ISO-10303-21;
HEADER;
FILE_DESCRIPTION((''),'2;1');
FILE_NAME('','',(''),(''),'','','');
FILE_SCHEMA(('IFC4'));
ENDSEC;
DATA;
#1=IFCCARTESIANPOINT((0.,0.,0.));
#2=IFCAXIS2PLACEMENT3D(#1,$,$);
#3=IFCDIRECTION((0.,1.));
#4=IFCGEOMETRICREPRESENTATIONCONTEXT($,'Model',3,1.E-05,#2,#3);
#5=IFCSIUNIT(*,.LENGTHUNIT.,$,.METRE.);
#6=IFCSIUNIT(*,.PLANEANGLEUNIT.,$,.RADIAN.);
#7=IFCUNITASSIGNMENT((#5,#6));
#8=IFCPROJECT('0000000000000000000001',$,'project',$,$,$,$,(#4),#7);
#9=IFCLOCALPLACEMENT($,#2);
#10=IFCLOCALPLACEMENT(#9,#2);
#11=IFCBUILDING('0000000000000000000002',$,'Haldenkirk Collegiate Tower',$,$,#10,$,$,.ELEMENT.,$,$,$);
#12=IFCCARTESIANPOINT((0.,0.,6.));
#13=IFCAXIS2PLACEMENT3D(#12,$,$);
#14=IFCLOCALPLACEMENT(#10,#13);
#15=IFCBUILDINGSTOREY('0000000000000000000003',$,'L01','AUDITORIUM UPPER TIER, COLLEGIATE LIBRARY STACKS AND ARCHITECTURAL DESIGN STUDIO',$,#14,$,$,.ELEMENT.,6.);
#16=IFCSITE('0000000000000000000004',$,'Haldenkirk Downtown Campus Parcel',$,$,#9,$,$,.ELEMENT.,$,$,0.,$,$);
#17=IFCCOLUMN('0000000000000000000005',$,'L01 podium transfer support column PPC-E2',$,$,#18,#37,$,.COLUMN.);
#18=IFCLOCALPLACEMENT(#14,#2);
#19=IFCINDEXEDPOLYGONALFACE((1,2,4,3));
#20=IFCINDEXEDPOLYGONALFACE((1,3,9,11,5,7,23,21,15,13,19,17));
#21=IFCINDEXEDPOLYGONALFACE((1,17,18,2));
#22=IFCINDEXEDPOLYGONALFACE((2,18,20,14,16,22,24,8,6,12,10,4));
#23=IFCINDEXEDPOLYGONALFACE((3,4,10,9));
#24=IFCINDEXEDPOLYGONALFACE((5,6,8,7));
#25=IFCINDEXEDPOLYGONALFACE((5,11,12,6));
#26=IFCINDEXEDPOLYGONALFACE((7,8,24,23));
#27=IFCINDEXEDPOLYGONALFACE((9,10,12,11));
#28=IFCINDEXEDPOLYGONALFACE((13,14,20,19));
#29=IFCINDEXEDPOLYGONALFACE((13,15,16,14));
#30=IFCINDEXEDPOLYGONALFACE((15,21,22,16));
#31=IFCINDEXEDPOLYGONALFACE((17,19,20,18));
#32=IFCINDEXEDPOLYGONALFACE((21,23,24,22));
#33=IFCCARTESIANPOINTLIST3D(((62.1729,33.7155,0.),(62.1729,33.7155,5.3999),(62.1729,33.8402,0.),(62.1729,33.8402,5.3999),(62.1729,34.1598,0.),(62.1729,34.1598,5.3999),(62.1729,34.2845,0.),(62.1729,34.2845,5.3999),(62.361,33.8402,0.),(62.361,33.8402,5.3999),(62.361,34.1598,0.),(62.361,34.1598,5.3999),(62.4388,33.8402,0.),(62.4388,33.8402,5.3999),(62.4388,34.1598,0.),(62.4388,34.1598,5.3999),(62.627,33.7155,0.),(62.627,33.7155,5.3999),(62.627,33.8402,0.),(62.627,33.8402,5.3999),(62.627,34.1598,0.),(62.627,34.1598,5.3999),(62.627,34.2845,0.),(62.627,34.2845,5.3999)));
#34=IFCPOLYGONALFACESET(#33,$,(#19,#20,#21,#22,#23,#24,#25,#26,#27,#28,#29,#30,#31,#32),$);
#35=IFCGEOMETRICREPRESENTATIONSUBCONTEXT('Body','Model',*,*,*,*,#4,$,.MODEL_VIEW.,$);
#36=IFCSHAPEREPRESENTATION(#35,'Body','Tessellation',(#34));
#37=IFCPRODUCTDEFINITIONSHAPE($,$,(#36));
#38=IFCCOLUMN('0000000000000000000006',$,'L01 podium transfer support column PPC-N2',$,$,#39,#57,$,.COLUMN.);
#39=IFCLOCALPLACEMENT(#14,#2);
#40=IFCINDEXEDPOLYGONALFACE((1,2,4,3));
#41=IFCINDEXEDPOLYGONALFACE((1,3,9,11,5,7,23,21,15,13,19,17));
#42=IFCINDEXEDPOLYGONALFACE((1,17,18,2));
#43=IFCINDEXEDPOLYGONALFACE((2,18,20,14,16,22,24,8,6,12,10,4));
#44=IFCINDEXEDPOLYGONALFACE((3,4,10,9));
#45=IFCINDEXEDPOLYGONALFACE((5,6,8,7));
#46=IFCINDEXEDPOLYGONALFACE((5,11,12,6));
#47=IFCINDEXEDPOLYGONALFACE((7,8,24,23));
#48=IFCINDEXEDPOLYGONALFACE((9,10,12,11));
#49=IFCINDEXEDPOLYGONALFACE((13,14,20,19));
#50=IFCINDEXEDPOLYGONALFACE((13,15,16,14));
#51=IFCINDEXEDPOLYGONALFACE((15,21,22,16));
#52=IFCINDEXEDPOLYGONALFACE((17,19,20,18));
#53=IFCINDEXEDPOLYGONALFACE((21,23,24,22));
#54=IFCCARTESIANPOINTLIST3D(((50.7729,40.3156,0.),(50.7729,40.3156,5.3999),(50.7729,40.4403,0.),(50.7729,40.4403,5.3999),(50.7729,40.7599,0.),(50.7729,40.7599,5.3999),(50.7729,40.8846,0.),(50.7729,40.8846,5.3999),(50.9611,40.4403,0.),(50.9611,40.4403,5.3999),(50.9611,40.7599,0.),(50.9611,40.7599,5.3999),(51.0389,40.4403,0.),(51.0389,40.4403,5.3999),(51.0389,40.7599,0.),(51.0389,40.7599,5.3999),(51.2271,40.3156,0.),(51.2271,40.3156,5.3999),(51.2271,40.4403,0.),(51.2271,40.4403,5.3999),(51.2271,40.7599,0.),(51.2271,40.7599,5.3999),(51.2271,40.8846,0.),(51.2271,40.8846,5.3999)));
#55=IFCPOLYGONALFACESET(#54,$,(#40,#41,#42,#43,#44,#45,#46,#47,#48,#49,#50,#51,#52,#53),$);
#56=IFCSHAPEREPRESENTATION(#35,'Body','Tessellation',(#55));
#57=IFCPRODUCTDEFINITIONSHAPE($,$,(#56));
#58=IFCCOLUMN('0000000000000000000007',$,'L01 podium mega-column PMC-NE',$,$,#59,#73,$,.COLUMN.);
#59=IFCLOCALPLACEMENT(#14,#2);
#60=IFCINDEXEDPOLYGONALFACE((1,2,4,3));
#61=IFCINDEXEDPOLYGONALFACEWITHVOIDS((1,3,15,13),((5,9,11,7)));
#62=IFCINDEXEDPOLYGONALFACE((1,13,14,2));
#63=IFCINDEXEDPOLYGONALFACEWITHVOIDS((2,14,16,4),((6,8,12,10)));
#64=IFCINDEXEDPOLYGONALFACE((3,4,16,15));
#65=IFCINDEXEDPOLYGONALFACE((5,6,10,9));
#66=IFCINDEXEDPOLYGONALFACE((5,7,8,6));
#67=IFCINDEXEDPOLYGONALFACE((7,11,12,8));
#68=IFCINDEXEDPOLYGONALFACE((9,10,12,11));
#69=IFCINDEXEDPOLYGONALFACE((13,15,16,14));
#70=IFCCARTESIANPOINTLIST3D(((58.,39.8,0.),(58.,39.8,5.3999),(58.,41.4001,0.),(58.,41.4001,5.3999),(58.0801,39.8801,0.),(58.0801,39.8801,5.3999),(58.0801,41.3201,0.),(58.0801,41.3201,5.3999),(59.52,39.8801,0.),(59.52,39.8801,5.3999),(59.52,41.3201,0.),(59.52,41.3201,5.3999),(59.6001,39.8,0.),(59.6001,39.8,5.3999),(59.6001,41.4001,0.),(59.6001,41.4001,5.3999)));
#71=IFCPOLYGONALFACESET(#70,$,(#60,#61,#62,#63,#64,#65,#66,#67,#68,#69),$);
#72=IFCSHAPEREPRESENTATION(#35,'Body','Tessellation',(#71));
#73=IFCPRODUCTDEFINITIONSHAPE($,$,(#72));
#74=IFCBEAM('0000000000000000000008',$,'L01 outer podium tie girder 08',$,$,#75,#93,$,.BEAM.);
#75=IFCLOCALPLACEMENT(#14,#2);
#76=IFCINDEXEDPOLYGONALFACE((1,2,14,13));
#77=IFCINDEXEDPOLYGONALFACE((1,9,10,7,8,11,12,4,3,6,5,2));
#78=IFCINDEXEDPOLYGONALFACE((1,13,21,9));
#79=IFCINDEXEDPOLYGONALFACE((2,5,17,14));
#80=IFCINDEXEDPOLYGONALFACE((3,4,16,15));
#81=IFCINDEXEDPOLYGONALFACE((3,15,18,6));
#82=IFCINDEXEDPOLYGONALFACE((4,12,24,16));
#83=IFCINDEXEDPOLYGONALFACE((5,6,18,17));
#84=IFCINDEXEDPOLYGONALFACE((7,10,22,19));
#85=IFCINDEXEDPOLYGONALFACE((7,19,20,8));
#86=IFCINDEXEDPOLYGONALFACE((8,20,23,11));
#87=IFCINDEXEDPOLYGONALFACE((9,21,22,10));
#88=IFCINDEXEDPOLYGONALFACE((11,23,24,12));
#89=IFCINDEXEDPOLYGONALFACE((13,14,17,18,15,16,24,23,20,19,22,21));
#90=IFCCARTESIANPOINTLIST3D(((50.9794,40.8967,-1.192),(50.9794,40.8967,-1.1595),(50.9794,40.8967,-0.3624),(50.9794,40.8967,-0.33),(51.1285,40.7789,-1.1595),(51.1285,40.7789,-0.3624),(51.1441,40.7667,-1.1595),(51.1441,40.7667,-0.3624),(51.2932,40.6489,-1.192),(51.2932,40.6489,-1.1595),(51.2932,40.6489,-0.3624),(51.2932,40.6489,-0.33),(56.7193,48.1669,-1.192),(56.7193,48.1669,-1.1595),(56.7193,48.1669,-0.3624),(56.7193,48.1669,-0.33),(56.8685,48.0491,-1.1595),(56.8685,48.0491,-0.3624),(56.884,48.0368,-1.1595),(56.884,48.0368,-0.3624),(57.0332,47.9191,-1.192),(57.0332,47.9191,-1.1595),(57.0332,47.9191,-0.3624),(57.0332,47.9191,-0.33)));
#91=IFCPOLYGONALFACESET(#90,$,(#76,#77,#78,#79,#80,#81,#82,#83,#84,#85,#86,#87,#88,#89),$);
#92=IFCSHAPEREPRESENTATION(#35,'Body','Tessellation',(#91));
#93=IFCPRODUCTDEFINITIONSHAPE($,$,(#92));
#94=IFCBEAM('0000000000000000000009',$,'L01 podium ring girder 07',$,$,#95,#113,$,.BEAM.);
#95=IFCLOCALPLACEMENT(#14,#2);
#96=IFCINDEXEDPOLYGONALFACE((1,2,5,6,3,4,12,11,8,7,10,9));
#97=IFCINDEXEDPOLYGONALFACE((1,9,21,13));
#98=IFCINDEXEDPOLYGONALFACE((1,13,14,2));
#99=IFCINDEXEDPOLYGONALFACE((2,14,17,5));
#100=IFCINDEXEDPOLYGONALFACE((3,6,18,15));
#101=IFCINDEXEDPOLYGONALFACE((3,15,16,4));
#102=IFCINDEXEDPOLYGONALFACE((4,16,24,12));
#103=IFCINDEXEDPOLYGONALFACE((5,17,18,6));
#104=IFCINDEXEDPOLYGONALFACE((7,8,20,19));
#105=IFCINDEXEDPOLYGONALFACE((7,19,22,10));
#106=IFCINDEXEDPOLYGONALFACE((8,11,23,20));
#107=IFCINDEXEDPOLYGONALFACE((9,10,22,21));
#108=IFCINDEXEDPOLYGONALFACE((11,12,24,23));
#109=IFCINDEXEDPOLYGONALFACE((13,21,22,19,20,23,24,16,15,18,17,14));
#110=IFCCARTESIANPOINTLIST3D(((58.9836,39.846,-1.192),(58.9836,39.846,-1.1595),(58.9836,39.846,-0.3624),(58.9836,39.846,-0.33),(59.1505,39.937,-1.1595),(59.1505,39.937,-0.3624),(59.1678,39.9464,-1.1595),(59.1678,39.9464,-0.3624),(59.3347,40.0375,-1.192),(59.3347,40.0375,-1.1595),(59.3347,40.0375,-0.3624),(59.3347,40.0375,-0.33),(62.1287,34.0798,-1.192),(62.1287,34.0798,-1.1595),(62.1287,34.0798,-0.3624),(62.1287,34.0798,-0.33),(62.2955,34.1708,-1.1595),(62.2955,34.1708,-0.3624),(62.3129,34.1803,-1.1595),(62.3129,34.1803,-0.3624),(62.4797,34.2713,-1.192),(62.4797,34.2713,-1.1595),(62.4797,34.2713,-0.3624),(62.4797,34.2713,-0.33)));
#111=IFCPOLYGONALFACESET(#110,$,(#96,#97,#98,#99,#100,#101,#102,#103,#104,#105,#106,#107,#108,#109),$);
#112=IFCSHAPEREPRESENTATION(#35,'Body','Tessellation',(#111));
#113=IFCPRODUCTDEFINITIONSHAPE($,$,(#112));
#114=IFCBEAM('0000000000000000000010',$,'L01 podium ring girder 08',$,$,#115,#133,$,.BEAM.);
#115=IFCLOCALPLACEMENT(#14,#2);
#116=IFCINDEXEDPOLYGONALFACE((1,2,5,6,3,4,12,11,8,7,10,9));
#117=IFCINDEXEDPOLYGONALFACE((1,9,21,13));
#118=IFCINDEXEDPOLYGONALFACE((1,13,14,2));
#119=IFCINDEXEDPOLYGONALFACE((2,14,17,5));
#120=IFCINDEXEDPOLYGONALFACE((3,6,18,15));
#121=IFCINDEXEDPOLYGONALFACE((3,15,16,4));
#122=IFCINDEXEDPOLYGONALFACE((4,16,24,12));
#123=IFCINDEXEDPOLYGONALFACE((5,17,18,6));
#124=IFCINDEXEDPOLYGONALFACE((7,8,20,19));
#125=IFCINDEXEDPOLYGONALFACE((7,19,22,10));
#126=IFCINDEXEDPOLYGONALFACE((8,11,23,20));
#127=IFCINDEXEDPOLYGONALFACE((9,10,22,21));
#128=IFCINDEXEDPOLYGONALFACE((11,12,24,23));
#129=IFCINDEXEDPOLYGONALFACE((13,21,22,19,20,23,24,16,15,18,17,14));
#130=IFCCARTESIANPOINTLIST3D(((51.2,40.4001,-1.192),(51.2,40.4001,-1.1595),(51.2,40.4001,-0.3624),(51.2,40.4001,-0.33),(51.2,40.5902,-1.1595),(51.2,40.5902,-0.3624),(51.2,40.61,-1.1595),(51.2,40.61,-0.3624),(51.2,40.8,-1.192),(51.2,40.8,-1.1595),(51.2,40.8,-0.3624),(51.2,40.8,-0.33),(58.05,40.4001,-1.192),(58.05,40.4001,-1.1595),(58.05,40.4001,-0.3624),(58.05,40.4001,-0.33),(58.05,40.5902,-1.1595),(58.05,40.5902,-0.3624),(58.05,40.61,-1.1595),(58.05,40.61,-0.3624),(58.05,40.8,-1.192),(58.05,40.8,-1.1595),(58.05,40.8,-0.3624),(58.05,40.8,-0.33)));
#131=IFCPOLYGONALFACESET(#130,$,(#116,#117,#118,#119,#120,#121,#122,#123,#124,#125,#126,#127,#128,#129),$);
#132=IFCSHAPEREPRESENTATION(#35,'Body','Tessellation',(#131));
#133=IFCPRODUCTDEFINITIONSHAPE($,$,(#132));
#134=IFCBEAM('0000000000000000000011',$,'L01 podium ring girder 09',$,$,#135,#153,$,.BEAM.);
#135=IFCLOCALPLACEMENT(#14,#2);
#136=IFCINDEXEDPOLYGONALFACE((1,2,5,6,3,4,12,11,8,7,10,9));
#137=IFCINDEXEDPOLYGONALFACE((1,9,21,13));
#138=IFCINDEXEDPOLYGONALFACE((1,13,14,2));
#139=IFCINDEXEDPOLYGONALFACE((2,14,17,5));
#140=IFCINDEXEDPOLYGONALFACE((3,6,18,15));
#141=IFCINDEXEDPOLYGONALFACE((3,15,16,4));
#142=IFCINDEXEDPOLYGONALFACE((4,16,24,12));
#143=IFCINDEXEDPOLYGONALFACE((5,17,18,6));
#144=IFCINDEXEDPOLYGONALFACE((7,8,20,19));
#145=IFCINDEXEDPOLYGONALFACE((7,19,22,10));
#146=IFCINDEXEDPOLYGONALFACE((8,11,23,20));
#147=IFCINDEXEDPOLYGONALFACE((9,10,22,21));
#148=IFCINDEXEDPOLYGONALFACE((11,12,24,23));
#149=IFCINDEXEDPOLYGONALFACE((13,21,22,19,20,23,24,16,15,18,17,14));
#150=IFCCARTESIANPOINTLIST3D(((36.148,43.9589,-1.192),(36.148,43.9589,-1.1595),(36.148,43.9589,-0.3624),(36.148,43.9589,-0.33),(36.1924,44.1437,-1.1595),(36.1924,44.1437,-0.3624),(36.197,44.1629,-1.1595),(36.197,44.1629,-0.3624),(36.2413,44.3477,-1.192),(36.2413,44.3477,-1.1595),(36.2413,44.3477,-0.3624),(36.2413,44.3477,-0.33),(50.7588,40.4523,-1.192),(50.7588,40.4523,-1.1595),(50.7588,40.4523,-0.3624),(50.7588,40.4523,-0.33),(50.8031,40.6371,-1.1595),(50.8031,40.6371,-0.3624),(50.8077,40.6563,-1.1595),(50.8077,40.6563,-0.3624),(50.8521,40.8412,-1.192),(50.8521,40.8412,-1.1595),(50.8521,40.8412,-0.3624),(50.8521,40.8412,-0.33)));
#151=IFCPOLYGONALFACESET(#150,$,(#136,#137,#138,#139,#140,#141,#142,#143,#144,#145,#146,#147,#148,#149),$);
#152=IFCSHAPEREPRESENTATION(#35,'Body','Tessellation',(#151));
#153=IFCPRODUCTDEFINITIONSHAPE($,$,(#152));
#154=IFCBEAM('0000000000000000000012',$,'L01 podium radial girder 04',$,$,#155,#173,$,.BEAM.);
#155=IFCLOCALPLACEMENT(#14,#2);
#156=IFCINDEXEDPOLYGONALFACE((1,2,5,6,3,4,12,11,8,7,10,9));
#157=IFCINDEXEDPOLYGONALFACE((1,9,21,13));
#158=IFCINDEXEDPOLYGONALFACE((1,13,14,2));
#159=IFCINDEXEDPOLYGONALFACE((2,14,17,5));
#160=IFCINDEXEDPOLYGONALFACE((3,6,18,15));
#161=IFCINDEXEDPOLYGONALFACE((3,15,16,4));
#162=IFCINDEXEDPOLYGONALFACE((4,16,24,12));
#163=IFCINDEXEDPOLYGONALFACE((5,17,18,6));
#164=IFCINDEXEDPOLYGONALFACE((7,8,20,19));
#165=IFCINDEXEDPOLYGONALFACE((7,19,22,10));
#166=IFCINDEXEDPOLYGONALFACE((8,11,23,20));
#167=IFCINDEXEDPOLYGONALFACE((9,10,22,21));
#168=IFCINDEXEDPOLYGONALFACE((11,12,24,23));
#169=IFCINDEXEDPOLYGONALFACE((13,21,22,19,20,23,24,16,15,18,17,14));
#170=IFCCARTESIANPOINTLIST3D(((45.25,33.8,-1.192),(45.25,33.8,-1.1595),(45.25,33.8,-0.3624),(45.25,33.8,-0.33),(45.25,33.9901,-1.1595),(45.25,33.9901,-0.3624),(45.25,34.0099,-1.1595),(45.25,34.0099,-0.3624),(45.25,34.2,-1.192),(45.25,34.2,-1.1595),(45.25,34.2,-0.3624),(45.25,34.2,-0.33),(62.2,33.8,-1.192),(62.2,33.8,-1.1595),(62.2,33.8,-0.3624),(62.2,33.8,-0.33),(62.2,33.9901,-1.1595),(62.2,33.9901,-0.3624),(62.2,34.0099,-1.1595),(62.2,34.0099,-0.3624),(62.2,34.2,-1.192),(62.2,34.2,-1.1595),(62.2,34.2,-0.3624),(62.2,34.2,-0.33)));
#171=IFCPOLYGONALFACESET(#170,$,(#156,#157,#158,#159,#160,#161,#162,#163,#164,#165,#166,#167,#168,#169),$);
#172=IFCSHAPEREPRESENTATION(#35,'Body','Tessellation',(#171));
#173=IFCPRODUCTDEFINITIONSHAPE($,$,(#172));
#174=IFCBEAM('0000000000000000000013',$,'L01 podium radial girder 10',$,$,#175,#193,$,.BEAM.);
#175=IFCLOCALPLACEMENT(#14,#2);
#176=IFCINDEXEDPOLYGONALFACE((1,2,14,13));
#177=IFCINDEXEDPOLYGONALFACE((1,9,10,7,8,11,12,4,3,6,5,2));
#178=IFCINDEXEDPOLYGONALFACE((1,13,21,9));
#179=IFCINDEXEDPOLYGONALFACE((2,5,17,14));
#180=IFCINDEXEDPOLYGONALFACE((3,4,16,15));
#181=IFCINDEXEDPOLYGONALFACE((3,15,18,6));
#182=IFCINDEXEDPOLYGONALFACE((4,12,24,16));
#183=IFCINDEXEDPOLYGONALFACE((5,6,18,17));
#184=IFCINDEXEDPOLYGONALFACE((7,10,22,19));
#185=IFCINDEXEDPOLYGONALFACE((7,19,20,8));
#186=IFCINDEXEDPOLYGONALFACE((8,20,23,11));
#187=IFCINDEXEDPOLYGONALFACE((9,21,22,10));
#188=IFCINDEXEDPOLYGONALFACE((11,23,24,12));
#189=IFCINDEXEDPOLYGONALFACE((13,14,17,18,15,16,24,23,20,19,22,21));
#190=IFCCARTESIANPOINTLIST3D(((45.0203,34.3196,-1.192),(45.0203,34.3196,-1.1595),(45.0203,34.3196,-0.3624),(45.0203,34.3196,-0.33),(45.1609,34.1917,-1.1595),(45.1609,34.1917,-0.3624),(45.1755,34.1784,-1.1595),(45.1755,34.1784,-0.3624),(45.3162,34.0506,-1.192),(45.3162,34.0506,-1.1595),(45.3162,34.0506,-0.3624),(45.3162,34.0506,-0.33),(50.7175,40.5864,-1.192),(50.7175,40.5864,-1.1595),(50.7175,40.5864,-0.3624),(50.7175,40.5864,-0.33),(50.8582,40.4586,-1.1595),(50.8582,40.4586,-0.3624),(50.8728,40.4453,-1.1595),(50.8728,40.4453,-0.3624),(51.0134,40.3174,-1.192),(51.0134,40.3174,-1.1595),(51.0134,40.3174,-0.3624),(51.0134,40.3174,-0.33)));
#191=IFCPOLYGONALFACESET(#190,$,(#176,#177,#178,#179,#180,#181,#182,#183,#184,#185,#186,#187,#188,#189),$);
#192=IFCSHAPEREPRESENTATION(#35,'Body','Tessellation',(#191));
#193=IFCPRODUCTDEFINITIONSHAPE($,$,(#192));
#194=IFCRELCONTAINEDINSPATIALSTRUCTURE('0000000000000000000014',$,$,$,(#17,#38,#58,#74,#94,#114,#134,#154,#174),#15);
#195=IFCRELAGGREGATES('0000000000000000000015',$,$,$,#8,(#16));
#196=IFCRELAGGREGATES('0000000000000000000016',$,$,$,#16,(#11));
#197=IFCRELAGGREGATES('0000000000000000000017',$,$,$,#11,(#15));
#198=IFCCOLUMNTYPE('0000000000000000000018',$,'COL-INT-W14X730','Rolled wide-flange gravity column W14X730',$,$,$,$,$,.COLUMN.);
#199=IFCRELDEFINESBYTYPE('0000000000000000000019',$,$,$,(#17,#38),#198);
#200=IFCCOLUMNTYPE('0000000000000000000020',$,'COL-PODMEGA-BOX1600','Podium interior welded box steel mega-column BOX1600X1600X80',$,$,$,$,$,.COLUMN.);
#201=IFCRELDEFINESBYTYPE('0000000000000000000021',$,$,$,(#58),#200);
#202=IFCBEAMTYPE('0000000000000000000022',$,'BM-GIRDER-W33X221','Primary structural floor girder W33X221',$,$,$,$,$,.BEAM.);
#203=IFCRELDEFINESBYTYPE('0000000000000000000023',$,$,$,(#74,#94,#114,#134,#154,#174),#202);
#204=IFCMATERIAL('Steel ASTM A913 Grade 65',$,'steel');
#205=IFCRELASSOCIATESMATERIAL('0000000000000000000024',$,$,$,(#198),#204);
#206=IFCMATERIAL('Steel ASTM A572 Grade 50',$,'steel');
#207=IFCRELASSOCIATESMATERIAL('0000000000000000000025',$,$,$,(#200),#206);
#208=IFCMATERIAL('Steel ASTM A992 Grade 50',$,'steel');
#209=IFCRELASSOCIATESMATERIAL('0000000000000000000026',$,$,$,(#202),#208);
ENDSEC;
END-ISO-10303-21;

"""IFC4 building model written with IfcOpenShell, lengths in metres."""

from ifc_helpers import new_model, si_unit, direction, frame, origin, origin_2d, place, context, subcontext, project, spatial, hollow_rectangle, i_section, extrude, material, material_profile, profile_set, type_object, element, save


model = new_model("IFC4")

# Units and contexts
model_context = context("Model", 3, precision=1e-05, world=origin(), true_north=direction((0.0, 1.0)))
body_context = subcontext(model_context, "Body", "Model", "MODEL_VIEW")
ifc_project = project(units=[si_unit("LENGTHUNIT", "METRE"), si_unit("PLANEANGLEUNIT", "RADIAN")], contexts=[model_context])

# Site, building, storey
site_placement = place(None, origin())
site = spatial("IfcSite", under=ifc_project, at=site_placement, Name="Haldenkirk Downtown Campus Parcel", CompositionType="ELEMENT", RefElevation=0.0)
building_placement = place(site_placement, origin())
building = spatial("IfcBuilding", under=site, at=building_placement, Name="Haldenkirk Collegiate Tower", CompositionType="ELEMENT")
storey_placement = place(building_placement, frame((0.0, 0.0, 6.0)))
storey = spatial("IfcBuildingStorey", under=building, at=storey_placement, Name="L01", Description="AUDITORIUM UPPER TIER, COLLEGIATE LIBRARY STACKS AND ARCHITECTURAL DESIGN STUDIO", CompositionType="ELEMENT", Elevation=6.0)

# Columns
ifc_material_1 = material(Name="Steel ASTM A913 Grade 65", Category="steel")
ifc_material_profile_1 = material_profile(ifc_material_1, i_section(OverallWidth=0.4541, OverallDepth=0.5691, WebThickness=0.0779, FlangeThickness=0.1248, at=origin_2d()), Name="W14X730")
ifc_profile_set_1 = profile_set([ifc_material_profile_1], Name="Steel ASTM A913 Grade 65")
column_type_1 = type_object("IfcColumnType", Name="COL-INT-W14X730", Description="Rolled wide-flange gravity column W14X730", PredefinedType="COLUMN", material=ifc_profile_set_1)
for number, where, z_axis, x_axis, name in (
    (1, (62.3999, 34.0, 0.0), (0.0, 0.0, 1.0), (1.0, 0.0, 0.0), "L01 podium transfer support column PPC-E2"),
    (2, (51.0, 40.6001, 0.0), (0.0, 0.0, 1.0), (1.0, 0.0, 0.0), "L01 podium transfer support column PPC-N2"),
):
    element("IfcColumn", number, at=place(storey_placement, frame(where, z_axis=z_axis, x_axis=x_axis)), inside=storey, type_object=column_type_1, Name=name, PredefinedType="COLUMN", context=body_context, shape_type="SweptSolid", body=[
        extrude(i_section(OverallWidth=0.4541, OverallDepth=0.5691, WebThickness=0.0779, FlangeThickness=0.1248, at=origin_2d()), origin(), (0.0, 0.0, 1.0), 5.3999),
    ])
ifc_material_2 = material(Name="Steel ASTM A572 Grade 50", Category="steel")
ifc_material_profile_2 = material_profile(ifc_material_2, hollow_rectangle(XDim=1.6001, YDim=1.6001, WallThickness=0.0801, at=origin_2d()), Name="BOX1600X1600X80")
ifc_profile_set_2 = profile_set([ifc_material_profile_2], Name="Steel ASTM A572 Grade 50")
column_type_2 = type_object("IfcColumnType", Name="COL-PODMEGA-BOX1600", Description="Podium interior welded box steel mega-column BOX1600X1600X80", PredefinedType="COLUMN", material=ifc_profile_set_2)
column_placement = place(storey_placement, frame((58.8, 40.6001, 0.0), z_axis=(0.0, 0.0, 1.0), x_axis=(1.0, 0.0, 0.0)))
element("IfcColumn", 3, at=column_placement, inside=storey, type_object=column_type_2, Name="L01 podium mega-column PMC-NE", PredefinedType="COLUMN", context=body_context, shape_type="SweptSolid", body=[
    extrude(hollow_rectangle(XDim=1.6001, YDim=1.6001, WallThickness=0.0801, at=origin_2d()), origin(), (0.0, 0.0, 1.0), 5.3999),
])

# Beams
ifc_material_3 = material(Name="Steel ASTM A992 Grade 50", Category="steel")
ifc_material_profile_3 = material_profile(ifc_material_3, i_section(OverallWidth=0.3999, OverallDepth=0.8621, WebThickness=0.0198, FlangeThickness=0.0325, at=origin_2d()), Name="W33X221")
ifc_profile_set_3 = profile_set([ifc_material_profile_3], Name="Steel ASTM A992 Grade 50")
beam_type_1 = type_object("IfcBeamType", Name="BM-GIRDER-W33X221", Description="Primary structural floor girder W33X221", PredefinedType="BEAM", material=ifc_profile_set_3)
beam_1_placement = place(storey_placement, frame((56.8762, 48.043, -0.761), z_axis=(-0.619665, -0.784867, 0.0), x_axis=(0.784867, -0.619665, 0.0)))
element("IfcBeam", 4, at=beam_1_placement, inside=storey, type_object=beam_type_1, Name="L01 outer podium tie girder 08", PredefinedType="BEAM", context=body_context, shape_type="SweptSolid", body=[
    extrude(i_section(OverallWidth=0.3999, OverallDepth=0.8621, WebThickness=0.0198, FlangeThickness=0.0325, at=origin_2d()), origin(), (0.0, 0.0, 1.0), 9.2629),
])
beam_2_placement = place(storey_placement, frame((62.3042, 34.1755, -0.761), z_axis=(-0.478837, 0.877904, 0.0), x_axis=(-0.877904, -0.478837, 0.0)))
element("IfcBeam", 5, at=beam_2_placement, inside=storey, type_object=beam_type_1, Name="L01 podium ring girder 07", PredefinedType="BEAM", context=body_context, shape_type="SweptSolid", body=[
    extrude(i_section(OverallWidth=0.3999, OverallDepth=0.8621, WebThickness=0.0198, FlangeThickness=0.0325, at=origin_2d()), origin(), (0.0, 0.0, 1.0), 6.5681),
])
beam_3_placement = place(storey_placement, frame((58.05, 40.6001, -0.761), z_axis=(-1.0, 0.0, 0.0), x_axis=(0.0, -1.0, 0.0)))
element("IfcBeam", 6, at=beam_3_placement, inside=storey, type_object=beam_type_1, Name="L01 podium ring girder 08", PredefinedType="BEAM", context=body_context, shape_type="SweptSolid", body=[
    extrude(i_section(OverallWidth=0.3999, OverallDepth=0.8621, WebThickness=0.0198, FlangeThickness=0.0325, at=origin_2d()), origin(), (0.0, 0.0, 1.0), 6.8501),
])
beam_4_placement = place(storey_placement, frame((50.8054, 40.6467, -0.761), z_axis=(-0.972387, 0.233372, 0.0), x_axis=(-0.233372, -0.972387, 0.0)))
element("IfcBeam", 7, at=beam_4_placement, inside=storey, type_object=beam_type_1, Name="L01 podium ring girder 09", PredefinedType="BEAM", context=body_context, shape_type="SweptSolid", body=[
    extrude(i_section(OverallWidth=0.3999, OverallDepth=0.8621, WebThickness=0.0198, FlangeThickness=0.0325, at=origin_2d()), origin(), (0.0, 0.0, 1.0), 15.0256),
])
beam_5_placement = place(storey_placement, frame((62.2, 34.0, -0.761), z_axis=(-1.0, 0.0, 0.0), x_axis=(0.0, -1.0, 0.0)))
element("IfcBeam", 8, at=beam_5_placement, inside=storey, type_object=beam_type_1, Name="L01 podium radial girder 04", PredefinedType="BEAM", context=body_context, shape_type="SweptSolid", body=[
    extrude(i_section(OverallWidth=0.3999, OverallDepth=0.8621, WebThickness=0.0198, FlangeThickness=0.0325, at=origin_2d()), origin(), (0.0, 0.0, 1.0), 16.95),
])
beam_6_placement = place(storey_placement, frame((50.8655, 40.4519, -0.761), z_axis=(-0.672681, -0.739932, 0.0), x_axis=(0.739932, -0.672681, 0.0)))
element("IfcBeam", 9, at=beam_6_placement, inside=storey, type_object=beam_type_1, Name="L01 podium radial girder 10", PredefinedType="BEAM", context=body_context, shape_type="SweptSolid", body=[
    extrude(i_section(OverallWidth=0.3999, OverallDepth=0.8621, WebThickness=0.0198, FlangeThickness=0.0325, at=origin_2d()), origin(), (0.0, 0.0, 1.0), 8.4695),
])

save(model, "model.ifc")
